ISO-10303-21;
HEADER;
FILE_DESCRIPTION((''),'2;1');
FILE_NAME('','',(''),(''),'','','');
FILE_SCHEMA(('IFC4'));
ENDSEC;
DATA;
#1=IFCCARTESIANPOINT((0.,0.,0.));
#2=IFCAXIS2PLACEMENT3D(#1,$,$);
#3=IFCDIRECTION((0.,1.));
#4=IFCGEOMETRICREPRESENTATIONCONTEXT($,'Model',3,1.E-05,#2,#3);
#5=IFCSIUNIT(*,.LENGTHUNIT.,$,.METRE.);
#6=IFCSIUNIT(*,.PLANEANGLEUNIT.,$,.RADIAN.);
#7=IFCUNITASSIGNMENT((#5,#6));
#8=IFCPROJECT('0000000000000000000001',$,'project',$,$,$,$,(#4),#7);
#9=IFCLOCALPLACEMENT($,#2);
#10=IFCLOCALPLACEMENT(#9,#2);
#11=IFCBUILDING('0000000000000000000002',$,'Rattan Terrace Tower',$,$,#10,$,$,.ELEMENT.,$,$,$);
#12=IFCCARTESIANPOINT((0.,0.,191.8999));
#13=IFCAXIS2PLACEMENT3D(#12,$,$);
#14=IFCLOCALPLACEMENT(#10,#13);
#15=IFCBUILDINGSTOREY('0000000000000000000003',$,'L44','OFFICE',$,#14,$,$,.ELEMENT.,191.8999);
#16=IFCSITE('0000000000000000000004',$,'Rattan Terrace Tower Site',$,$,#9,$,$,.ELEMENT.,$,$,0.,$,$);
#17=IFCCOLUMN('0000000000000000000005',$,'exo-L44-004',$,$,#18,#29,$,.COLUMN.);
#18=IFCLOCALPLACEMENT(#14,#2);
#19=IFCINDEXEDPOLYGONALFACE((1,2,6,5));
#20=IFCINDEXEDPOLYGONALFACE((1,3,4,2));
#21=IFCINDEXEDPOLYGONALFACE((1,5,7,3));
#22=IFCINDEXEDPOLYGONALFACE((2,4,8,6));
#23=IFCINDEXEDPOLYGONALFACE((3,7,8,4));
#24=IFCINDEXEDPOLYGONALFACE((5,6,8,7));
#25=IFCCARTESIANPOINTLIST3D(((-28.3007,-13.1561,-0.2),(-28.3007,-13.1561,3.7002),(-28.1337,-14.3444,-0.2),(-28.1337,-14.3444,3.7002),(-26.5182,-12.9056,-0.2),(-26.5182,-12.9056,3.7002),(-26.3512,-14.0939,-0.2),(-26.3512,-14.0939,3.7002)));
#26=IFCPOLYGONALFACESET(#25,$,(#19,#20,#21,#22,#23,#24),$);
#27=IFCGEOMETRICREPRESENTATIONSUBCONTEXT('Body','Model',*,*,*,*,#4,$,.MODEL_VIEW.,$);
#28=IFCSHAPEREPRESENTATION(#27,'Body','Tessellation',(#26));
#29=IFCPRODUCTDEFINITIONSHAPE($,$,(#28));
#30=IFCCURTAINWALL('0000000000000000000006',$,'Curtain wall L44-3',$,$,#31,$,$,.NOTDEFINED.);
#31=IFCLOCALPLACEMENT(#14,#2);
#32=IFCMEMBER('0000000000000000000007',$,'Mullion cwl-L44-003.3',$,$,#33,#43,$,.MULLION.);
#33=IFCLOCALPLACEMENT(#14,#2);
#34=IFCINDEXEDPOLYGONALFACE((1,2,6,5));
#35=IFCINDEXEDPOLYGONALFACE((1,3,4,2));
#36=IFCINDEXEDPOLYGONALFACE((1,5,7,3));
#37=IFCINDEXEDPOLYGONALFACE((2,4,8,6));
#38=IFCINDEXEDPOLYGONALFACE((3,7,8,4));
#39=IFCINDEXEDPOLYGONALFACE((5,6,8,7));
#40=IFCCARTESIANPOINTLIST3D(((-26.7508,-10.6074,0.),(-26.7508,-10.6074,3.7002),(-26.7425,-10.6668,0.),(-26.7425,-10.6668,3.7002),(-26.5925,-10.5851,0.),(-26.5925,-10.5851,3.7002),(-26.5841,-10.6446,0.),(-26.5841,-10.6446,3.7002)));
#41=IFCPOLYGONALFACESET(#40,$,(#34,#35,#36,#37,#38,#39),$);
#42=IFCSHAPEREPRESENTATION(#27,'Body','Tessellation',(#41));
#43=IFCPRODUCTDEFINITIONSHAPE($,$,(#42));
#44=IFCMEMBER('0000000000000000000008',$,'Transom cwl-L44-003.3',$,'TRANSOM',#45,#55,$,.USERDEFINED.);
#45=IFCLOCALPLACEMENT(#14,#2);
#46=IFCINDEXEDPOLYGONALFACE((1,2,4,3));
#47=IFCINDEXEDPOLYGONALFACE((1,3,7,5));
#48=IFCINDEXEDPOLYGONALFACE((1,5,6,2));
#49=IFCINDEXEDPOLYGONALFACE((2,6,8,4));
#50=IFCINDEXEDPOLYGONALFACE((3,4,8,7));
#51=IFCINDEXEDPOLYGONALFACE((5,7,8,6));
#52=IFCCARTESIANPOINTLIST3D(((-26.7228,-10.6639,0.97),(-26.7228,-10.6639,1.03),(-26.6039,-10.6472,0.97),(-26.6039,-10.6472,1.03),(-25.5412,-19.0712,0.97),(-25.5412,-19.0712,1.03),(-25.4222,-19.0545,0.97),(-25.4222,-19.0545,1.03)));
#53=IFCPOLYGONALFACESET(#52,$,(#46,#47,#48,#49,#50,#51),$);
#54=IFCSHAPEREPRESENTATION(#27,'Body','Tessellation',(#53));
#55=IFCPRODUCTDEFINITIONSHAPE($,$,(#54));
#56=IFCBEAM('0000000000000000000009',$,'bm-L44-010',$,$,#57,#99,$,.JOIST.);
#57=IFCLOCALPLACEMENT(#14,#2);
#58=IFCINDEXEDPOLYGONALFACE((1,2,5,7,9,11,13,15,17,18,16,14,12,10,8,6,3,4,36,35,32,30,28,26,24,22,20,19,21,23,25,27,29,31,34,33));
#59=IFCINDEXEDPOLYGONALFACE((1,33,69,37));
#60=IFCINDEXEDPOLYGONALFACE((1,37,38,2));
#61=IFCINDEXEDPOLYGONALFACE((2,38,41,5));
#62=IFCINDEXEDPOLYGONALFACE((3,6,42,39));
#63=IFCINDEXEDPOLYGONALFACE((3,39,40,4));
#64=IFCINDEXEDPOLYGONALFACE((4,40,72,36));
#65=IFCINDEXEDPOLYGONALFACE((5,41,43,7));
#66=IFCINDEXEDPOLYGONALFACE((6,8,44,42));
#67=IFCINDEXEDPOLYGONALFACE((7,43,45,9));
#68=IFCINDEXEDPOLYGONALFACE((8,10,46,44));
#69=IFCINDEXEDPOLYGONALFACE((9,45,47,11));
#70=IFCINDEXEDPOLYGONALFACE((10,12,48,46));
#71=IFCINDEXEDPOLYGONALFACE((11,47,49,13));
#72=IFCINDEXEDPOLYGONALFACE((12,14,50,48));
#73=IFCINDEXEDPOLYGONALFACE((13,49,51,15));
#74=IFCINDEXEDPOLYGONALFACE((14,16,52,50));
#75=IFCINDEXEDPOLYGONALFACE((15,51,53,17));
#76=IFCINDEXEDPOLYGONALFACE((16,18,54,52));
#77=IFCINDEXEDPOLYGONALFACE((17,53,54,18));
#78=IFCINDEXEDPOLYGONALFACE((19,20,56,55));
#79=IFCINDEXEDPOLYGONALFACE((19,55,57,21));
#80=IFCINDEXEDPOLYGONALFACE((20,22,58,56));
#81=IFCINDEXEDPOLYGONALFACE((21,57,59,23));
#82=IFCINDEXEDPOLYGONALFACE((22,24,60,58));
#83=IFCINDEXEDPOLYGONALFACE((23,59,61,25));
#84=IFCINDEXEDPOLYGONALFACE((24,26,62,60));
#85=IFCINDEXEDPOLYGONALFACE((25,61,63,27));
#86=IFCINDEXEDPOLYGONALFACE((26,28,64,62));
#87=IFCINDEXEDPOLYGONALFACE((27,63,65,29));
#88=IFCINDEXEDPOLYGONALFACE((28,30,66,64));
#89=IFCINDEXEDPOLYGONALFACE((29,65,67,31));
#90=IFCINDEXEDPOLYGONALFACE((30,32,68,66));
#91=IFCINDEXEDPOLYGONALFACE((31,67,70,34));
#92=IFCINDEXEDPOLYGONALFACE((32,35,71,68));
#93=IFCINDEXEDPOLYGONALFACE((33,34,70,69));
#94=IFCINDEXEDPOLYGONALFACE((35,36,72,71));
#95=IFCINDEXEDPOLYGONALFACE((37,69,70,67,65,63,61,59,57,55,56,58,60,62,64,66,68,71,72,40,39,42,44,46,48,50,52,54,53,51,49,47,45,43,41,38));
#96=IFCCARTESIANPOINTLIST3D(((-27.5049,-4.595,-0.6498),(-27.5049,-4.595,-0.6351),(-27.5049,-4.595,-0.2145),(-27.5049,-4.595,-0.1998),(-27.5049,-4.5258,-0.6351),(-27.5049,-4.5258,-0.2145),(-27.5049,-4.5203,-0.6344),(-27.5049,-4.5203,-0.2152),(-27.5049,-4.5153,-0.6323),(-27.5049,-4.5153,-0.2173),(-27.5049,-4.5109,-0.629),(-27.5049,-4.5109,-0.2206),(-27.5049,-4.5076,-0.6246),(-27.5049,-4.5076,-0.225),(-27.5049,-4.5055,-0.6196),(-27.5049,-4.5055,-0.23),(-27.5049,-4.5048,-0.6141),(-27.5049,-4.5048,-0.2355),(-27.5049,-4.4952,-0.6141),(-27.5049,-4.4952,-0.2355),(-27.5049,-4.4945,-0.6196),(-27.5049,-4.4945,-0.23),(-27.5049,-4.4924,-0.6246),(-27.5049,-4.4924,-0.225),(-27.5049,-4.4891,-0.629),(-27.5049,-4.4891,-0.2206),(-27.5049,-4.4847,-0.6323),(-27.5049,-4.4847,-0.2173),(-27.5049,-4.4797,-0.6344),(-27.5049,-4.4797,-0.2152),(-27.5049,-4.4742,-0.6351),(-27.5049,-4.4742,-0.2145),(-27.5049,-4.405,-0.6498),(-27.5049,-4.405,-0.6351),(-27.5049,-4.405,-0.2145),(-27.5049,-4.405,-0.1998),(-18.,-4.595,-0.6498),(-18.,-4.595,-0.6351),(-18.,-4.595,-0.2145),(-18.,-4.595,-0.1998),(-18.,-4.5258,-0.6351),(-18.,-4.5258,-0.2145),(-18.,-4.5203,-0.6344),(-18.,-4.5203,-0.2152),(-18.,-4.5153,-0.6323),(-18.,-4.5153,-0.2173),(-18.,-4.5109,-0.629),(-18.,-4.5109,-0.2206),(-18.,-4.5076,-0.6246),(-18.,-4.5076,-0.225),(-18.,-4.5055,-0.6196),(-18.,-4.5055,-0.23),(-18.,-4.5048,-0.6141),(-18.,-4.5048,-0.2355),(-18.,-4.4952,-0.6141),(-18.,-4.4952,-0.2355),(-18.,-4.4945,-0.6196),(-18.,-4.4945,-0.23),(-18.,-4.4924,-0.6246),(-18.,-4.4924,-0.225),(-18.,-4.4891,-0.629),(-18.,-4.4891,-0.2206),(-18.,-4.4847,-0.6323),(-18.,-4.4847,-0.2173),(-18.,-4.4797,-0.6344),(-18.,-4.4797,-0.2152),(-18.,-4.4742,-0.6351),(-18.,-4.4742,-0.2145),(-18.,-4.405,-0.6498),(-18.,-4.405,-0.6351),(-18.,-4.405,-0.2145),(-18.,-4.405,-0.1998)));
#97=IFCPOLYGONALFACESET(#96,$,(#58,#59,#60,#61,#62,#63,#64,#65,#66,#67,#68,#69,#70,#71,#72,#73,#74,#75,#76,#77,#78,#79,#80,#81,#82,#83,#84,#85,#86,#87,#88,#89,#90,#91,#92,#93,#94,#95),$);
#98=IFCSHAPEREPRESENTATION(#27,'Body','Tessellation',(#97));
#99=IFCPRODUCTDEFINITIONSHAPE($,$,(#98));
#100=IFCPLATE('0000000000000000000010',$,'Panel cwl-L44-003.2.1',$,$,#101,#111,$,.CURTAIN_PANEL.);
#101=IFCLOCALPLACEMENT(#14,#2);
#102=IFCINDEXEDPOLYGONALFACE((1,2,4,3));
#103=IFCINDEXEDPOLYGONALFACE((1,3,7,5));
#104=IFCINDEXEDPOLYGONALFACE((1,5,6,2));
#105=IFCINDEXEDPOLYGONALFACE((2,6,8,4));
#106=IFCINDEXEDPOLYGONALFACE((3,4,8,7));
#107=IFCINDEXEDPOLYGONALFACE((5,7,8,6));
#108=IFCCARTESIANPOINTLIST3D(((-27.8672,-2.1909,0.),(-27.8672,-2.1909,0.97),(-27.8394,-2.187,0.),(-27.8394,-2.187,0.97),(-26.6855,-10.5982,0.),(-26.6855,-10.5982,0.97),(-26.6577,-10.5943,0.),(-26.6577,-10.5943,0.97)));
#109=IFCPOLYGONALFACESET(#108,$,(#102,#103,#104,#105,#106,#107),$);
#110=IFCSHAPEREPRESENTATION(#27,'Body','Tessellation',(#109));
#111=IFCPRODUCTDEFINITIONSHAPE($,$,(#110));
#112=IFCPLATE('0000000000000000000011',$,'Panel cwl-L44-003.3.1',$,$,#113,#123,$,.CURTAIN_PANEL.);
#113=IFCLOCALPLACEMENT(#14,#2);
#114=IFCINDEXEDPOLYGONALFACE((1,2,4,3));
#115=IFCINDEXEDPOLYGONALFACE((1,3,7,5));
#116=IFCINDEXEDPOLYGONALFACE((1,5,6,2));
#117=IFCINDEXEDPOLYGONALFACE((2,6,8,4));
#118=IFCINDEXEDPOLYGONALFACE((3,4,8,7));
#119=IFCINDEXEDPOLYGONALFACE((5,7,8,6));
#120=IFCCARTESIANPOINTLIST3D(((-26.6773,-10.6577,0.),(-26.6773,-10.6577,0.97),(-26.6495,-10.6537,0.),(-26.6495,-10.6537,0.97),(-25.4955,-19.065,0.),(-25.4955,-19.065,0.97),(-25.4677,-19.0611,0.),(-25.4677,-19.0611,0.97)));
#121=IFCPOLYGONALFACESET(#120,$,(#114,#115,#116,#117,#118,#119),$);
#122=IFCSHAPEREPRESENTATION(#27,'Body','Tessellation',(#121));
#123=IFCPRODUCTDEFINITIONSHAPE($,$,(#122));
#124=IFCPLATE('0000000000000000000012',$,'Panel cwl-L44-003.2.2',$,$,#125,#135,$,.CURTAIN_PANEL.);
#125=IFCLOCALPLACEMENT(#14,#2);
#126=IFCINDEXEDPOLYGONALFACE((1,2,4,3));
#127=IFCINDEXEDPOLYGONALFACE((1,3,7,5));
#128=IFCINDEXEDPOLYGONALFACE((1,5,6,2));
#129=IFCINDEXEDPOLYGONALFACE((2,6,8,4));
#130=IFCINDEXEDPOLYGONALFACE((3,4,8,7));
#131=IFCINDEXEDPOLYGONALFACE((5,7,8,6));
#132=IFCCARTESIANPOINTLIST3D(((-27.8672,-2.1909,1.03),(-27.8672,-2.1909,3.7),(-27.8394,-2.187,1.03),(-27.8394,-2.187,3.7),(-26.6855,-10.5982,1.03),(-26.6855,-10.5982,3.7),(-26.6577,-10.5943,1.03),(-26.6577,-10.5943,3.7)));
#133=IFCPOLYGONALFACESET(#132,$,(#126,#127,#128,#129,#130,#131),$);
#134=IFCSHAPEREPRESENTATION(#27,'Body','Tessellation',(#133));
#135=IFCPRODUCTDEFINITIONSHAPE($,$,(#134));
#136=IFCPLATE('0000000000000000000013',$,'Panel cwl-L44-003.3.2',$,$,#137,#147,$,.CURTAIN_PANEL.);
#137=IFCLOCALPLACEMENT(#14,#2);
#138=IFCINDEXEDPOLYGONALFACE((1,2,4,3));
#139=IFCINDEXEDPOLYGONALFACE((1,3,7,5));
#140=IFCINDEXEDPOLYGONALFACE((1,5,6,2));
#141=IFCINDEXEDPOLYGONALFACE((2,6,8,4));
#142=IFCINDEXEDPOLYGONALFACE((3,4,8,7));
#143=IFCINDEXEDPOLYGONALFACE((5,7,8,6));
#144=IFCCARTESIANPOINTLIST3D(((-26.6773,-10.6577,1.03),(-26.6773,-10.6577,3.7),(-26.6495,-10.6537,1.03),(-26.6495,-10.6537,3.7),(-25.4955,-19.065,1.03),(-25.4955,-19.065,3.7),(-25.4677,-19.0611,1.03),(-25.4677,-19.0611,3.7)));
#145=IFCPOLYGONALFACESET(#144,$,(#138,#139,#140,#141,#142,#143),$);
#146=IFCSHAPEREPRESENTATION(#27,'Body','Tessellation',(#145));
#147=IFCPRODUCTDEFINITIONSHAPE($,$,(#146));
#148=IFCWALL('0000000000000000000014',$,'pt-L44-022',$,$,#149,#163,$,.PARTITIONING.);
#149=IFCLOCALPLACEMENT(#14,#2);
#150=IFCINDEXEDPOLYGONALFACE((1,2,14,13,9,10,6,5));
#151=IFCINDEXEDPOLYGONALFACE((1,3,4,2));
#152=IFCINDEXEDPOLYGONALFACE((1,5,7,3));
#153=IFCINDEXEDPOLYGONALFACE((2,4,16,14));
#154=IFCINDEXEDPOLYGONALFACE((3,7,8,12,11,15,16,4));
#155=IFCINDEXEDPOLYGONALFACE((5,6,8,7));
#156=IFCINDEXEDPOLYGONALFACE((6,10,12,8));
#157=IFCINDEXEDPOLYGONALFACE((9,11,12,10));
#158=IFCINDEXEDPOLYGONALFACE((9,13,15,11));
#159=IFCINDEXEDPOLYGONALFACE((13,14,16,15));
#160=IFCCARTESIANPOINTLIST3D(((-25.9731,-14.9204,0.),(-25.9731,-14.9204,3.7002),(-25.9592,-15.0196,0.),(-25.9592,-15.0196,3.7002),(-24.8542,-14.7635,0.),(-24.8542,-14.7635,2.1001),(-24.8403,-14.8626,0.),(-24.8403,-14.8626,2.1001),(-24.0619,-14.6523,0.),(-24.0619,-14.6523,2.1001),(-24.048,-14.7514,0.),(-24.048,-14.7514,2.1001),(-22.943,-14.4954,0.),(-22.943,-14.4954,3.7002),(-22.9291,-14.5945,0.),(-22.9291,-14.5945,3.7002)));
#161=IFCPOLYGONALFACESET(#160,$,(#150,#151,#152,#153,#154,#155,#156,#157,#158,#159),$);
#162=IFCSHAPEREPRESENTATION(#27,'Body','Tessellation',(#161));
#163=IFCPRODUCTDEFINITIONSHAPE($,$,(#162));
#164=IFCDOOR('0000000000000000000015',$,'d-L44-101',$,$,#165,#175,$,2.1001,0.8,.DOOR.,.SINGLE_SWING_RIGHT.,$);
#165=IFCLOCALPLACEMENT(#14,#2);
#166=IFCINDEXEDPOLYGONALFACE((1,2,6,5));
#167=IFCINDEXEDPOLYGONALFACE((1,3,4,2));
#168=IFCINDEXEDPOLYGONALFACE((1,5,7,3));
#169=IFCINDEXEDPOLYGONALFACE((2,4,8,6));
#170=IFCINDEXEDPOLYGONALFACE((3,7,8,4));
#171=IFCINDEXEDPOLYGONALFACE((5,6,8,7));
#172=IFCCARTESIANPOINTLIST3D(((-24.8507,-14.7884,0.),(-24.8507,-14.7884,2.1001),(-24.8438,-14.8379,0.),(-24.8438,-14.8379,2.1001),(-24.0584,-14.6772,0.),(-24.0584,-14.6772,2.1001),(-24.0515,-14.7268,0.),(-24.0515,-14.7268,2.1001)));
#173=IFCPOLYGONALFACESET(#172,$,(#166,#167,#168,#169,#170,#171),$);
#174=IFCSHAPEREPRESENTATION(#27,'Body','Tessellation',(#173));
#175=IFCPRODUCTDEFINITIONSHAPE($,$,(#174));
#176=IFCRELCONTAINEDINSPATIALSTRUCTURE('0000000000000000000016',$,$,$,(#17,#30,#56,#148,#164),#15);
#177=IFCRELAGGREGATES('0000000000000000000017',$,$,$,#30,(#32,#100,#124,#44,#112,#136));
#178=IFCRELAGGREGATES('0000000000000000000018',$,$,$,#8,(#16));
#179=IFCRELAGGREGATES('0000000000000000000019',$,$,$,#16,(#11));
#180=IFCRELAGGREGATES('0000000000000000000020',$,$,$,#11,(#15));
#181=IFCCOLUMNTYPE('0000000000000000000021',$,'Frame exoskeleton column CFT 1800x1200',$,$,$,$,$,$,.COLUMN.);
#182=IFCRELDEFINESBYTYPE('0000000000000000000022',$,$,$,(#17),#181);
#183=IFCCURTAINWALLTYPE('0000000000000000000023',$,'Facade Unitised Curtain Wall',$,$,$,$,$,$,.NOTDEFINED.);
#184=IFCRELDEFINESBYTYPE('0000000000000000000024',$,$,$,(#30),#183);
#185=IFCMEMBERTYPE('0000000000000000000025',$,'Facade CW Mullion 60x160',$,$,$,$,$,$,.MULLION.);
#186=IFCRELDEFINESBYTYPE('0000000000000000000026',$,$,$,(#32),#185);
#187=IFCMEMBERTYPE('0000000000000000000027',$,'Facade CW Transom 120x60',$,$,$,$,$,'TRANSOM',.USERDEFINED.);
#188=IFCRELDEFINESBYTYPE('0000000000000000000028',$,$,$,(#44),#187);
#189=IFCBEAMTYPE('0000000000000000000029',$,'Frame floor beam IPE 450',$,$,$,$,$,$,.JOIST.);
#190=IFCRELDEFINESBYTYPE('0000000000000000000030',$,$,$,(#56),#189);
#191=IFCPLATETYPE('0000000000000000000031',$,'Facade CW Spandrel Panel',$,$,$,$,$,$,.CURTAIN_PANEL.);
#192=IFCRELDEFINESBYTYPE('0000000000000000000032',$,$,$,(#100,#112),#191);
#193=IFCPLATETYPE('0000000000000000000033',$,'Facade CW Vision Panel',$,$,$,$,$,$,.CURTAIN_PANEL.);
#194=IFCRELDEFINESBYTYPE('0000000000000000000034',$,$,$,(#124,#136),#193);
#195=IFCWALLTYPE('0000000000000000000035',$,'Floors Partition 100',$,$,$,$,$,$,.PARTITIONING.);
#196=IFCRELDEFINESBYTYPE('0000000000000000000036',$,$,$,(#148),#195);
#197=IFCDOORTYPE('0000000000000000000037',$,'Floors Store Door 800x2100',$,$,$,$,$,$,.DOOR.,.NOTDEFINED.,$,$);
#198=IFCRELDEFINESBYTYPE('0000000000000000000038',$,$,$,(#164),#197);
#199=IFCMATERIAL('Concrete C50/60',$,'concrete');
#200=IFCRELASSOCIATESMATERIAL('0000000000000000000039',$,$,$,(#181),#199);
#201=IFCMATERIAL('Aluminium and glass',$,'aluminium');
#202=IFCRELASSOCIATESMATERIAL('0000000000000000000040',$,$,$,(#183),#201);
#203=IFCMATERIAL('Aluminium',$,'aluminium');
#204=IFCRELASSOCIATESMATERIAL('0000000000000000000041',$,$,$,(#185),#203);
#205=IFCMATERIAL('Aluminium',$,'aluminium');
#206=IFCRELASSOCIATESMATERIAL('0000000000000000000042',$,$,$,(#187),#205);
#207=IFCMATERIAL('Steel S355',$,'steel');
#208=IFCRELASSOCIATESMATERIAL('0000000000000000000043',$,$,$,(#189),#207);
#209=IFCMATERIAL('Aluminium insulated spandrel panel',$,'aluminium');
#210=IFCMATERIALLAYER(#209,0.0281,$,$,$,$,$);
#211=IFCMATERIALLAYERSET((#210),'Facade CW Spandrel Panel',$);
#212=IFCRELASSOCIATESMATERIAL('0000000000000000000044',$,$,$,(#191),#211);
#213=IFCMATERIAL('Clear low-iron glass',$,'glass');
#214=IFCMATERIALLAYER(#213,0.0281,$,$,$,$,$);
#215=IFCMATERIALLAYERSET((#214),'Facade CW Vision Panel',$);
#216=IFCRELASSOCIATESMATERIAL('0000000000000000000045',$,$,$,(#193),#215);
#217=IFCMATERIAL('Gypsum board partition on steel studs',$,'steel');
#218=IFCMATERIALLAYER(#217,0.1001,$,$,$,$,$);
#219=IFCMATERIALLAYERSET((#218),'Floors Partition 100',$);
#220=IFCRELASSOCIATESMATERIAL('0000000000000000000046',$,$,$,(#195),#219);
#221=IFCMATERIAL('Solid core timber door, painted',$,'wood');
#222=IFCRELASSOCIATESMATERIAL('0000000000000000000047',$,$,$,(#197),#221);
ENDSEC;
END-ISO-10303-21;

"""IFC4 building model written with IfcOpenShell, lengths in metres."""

from ifc_helpers import new_model, si_unit, direction, frame, frame_2d, origin, origin_2d, place, context, subcontext, project, spatial, rectangle, i_section, extrude, material, layer, layer_set, material_profile, profile_set, type_object, element, fill, aggregate, save


model = new_model("IFC4")

# Units and contexts
model_context = context("Model", 3, precision=1e-05, world=origin(), true_north=direction((0.0, 1.0)))
body_context = subcontext(model_context, "Body", "Model", "MODEL_VIEW")
ifc_project = project(units=[si_unit("LENGTHUNIT", "METRE"), si_unit("PLANEANGLEUNIT", "RADIAN")], contexts=[model_context])

# Site, building, storey
site_placement = place(None, origin())
site = spatial("IfcSite", under=ifc_project, at=site_placement, Name="Rattan Terrace Tower Site", CompositionType="ELEMENT", RefElevation=0.0)
building_placement = place(site_placement, origin())
building = spatial("IfcBuilding", under=site, at=building_placement, Name="Rattan Terrace Tower", CompositionType="ELEMENT")
storey_placement = place(building_placement, frame((0.0, 0.0, 191.8999)))
storey = spatial("IfcBuildingStorey", under=building, at=storey_placement, Name="L44", Description="OFFICE", CompositionType="ELEMENT", Elevation=191.8999)

# Column
ifc_material_1 = material(Name="Concrete C50/60", Category="concrete")
ifc_material_profile_1 = material_profile(ifc_material_1, rectangle(XDim=1.2, YDim=1.8, at=origin_2d()), Name="CFT 1800x1200")
ifc_profile_set_1 = profile_set([ifc_material_profile_1], Name="Concrete C50/60")
column_type = type_object("IfcColumnType", Name="Frame exoskeleton column CFT 1800x1200", PredefinedType="COLUMN", material=ifc_profile_set_1)
column_placement = place(storey_placement, frame((-27.3259, -13.625, -0.2), z_axis=(0.0, 0.0, 1.0), x_axis=(-0.13919, 0.990266, 0.0)))
element("IfcColumn", 1, at=column_placement, inside=storey, type_object=column_type, Name="exo-L44-004", PredefinedType="COLUMN", context=body_context, shape_type="SweptSolid", body=[
    extrude(rectangle(XDim=1.2, YDim=1.8, at=origin_2d()), origin(), (0.0, 0.0, 1.0), 3.9001),
])

# Curtain wall, members
ifc_material_2 = material(Name="Aluminium and glass", Category="aluminium")
curtain_wall_type = type_object("IfcCurtainWallType", Name="Facade Unitised Curtain Wall", PredefinedType="NOTDEFINED", material=ifc_material_2)
curtain_wall_placement = place(storey_placement, origin())
curtain_wall = element("IfcCurtainWall", 2, at=curtain_wall_placement, inside=storey, type_object=curtain_wall_type, Name="Curtain wall L44-3", PredefinedType="NOTDEFINED")
ifc_material_3 = material(Name="Aluminium", Category="aluminium")
ifc_material_profile_2 = material_profile(ifc_material_3, rectangle(XDim=0.0601, YDim=0.1599, at=origin_2d()), Name="Aluminium 60x160")
ifc_profile_set_2 = profile_set([ifc_material_profile_2], Name="Aluminium")
member_type_1 = type_object("IfcMemberType", Name="Facade CW Mullion 60x160", PredefinedType="MULLION", material=ifc_profile_set_2)
member_1_placement = place(storey_placement, frame((-26.6675, -10.626, 0.0), z_axis=(0.0, 0.0, 1.0), x_axis=(0.139191, -0.990266, 0.0)))
member_1 = element("IfcMember", 3, at=member_1_placement, type_object=member_type_1, Name="Mullion cwl-L44-003.3", PredefinedType="MULLION", context=body_context, shape_type="SweptSolid", body=[
    extrude(rectangle(XDim=0.0601, YDim=0.1599, at=origin_2d()), origin(), (0.0, 0.0, 1.0), 3.7002),
])
ifc_material_4 = material(Name="Aluminium", Category="aluminium")
ifc_material_profile_3 = material_profile(ifc_material_4, rectangle(XDim=0.1201, YDim=0.0601, at=origin_2d()), Name="Aluminium 120x60")
ifc_profile_set_3 = profile_set([ifc_material_profile_3], Name="Aluminium")
member_type_2 = type_object("IfcMemberType", Name="Facade CW Transom 120x60", ElementType="TRANSOM", PredefinedType="USERDEFINED", material=ifc_profile_set_3)
member_2_placement = place(storey_placement, frame((-26.6633, -10.6555, 1.0), z_axis=(0.139179, -0.990267, 0.0), x_axis=(0.990267, 0.139179, 0.0)))
member_2 = element("IfcMember", 4, at=member_2_placement, type_object=member_type_2, Name="Transom cwl-L44-003.3", ObjectType="TRANSOM", PredefinedType="USERDEFINED", context=body_context, shape_type="SweptSolid", body=[
    extrude(rectangle(XDim=0.1201, YDim=0.0601, at=origin_2d()), origin(), (0.0, 0.0, 1.0), 8.49),
])

# Beam
ifc_material_5 = material(Name="Steel S355", Category="steel")
ifc_material_profile_4 = material_profile(ifc_material_5, i_section(OverallWidth=0.1899, OverallDepth=0.45, WebThickness=0.0095, FlangeThickness=0.0146, FilletRadius=0.021, at=origin_2d()), Name="IPE 450")
ifc_profile_set_4 = profile_set([ifc_material_profile_4], Name="Steel S355")
beam_type = type_object("IfcBeamType", Name="Frame floor beam IPE 450", PredefinedType="JOIST", material=ifc_profile_set_4)
beam_placement = place(storey_placement, frame((-27.5049, -4.5, -0.4248), z_axis=(1.0, 0.0, 0.0), x_axis=(0.0, 1.0, 0.0)))
element("IfcBeam", 5, at=beam_placement, inside=storey, type_object=beam_type, Name="bm-L44-010", PredefinedType="JOIST", context=body_context, shape_type="SweptSolid", body=[
    extrude(i_section(OverallWidth=0.1899, OverallDepth=0.45, WebThickness=0.0095, FlangeThickness=0.0146, FilletRadius=0.021, at=origin_2d()), origin(), (0.0, 0.0, 1.0), 9.5049),
])

# Plates
ifc_material_6 = material(Name="Aluminium insulated spandrel panel", Category="aluminium")
ifc_layer_1 = layer(ifc_material_6, 0.0281)
ifc_layer_set_1 = layer_set([ifc_layer_1], Name="Facade CW Spandrel Panel")
plate_type_1 = type_object("IfcPlateType", Name="Facade CW Spandrel Panel", PredefinedType="CURTAIN_PANEL", material=ifc_layer_set_1)
plate_1_placement = place(storey_placement, frame((-27.2625, -6.3926, 0.0), z_axis=(0.0, 0.0, 1.0), x_axis=(0.139191, -0.990266, 0.0)))
plate_1 = element("IfcPlate", 6, at=plate_1_placement, type_object=plate_type_1, Name="Panel cwl-L44-003.2.1", PredefinedType="CURTAIN_PANEL", context=body_context, shape_type="SweptSolid", body=[
    extrude(rectangle(XDim=8.49, YDim=0.0281, at=origin_2d()), origin(), (0.0, 0.0, 1.0), 0.97),
])
plate_2_placement = place(storey_placement, frame((-26.0725, -14.8594, 0.0), z_axis=(0.0, 0.0, 1.0), x_axis=(0.139191, -0.990266, 0.0)))
plate_2 = element("IfcPlate", 7, at=plate_2_placement, type_object=plate_type_1, Name="Panel cwl-L44-003.3.1", PredefinedType="CURTAIN_PANEL", context=body_context, shape_type="SweptSolid", body=[
    extrude(rectangle(XDim=8.49, YDim=0.0281, at=origin_2d()), origin(), (0.0, 0.0, 1.0), 0.97),
])
ifc_material_7 = material(Name="Clear low-iron glass", Category="glass")
ifc_layer_2 = layer(ifc_material_7, 0.0281)
ifc_layer_set_2 = layer_set([ifc_layer_2], Name="Facade CW Vision Panel")
plate_type_2 = type_object("IfcPlateType", Name="Facade CW Vision Panel", PredefinedType="CURTAIN_PANEL", material=ifc_layer_set_2)
plate_3_placement = place(storey_placement, frame((-27.2625, -6.3926, 1.03), z_axis=(0.0, 0.0, 1.0), x_axis=(0.139191, -0.990266, 0.0)))
plate_3 = element("IfcPlate", 8, at=plate_3_placement, type_object=plate_type_2, Name="Panel cwl-L44-003.2.2", PredefinedType="CURTAIN_PANEL", context=body_context, shape_type="SweptSolid", body=[
    extrude(rectangle(XDim=8.49, YDim=0.0281, at=origin_2d()), origin(), (0.0, 0.0, 1.0), 2.6699),
])
plate_4_placement = place(storey_placement, frame((-26.0725, -14.8594, 1.03), z_axis=(0.0, 0.0, 1.0), x_axis=(0.139191, -0.990266, 0.0)))
plate_4 = element("IfcPlate", 9, at=plate_4_placement, type_object=plate_type_2, Name="Panel cwl-L44-003.3.2", PredefinedType="CURTAIN_PANEL", context=body_context, shape_type="SweptSolid", body=[
    extrude(rectangle(XDim=8.49, YDim=0.0281, at=origin_2d()), origin(), (0.0, 0.0, 1.0), 2.6699),
])
aggregate(curtain_wall, [member_1, plate_1, plate_3, member_2, plate_2, plate_4])

# Wall, opening, door
ifc_material_8 = material(Name="Gypsum board partition on steel studs", Category="steel")
ifc_layer_3 = layer(ifc_material_8, 0.1001)
ifc_layer_set_3 = layer_set([ifc_layer_3], Name="Floors Partition 100")
wall_type_1 = type_object("IfcWallType", Name="Floors Partition 100", PredefinedType="PARTITIONING", material=ifc_layer_set_3)
wall_1_placement = place(storey_placement, frame((-25.9661, -14.97, 0.0), z_axis=(0.0, 0.0, 1.0), x_axis=(0.990304, 0.138919, 0.0)))
wall_1 = element("IfcWall", 10, at=wall_1_placement, inside=storey, type_object=wall_type_1, Name="pt-L44-022", PredefinedType="PARTITIONING", context=body_context, shape_type="SweptSolid", body=[
    extrude(rectangle(XDim=3.0598, YDim=0.1001, at=frame_2d((1.5298, 0.0))), origin(), (0.0, 0.0, 1.0), 3.7002),
])
opening_1_placement = place(wall_1_placement, frame((1.1299, 0.0, 0.0)))
opening_1 = element("IfcOpeningElement", 11, at=opening_1_placement, cuts=wall_1, PredefinedType="OPENING", context=body_context, shape_type="SweptSolid", body=[
    extrude(rectangle(XDim=0.8, YDim=2.1001, at=frame_2d((0.3999, 1.05))), frame((0.0, 0.0605, 0.0), z_axis=(0.0, -1.0, 0.0), x_axis=(1.0, 0.0, 0.0)), (0.0, 0.0, 1.0), 0.1211),
])
ifc_material_9 = material(Name="Solid core timber door, painted", Category="wood")
door_type_1 = type_object("IfcDoorType", Name="Floors Store Door 800x2100", OperationType="NOTDEFINED", PredefinedType="DOOR", material=ifc_material_9)
door_1_placement = place(opening_1_placement, origin())
door_1 = element("IfcDoor", 12, at=door_1_placement, inside=storey, type_object=door_type_1, Name="d-L44-101", OperationType="SINGLE_SWING_RIGHT", OverallHeight=2.1001, OverallWidth=0.8, PredefinedType="DOOR", context=body_context, shape_type="SweptSolid", body=[
    extrude(rectangle(XDim=0.8, YDim=2.1001, at=frame_2d((0.3999, 1.05))), frame((0.0, 0.0249, 0.0), z_axis=(0.0, -1.0, 0.0), x_axis=(1.0, 0.0, 0.0)), (0.0, 0.0, 1.0), 0.05),
])
fill(opening_1, door_1)

save(model, "model.ifc")
